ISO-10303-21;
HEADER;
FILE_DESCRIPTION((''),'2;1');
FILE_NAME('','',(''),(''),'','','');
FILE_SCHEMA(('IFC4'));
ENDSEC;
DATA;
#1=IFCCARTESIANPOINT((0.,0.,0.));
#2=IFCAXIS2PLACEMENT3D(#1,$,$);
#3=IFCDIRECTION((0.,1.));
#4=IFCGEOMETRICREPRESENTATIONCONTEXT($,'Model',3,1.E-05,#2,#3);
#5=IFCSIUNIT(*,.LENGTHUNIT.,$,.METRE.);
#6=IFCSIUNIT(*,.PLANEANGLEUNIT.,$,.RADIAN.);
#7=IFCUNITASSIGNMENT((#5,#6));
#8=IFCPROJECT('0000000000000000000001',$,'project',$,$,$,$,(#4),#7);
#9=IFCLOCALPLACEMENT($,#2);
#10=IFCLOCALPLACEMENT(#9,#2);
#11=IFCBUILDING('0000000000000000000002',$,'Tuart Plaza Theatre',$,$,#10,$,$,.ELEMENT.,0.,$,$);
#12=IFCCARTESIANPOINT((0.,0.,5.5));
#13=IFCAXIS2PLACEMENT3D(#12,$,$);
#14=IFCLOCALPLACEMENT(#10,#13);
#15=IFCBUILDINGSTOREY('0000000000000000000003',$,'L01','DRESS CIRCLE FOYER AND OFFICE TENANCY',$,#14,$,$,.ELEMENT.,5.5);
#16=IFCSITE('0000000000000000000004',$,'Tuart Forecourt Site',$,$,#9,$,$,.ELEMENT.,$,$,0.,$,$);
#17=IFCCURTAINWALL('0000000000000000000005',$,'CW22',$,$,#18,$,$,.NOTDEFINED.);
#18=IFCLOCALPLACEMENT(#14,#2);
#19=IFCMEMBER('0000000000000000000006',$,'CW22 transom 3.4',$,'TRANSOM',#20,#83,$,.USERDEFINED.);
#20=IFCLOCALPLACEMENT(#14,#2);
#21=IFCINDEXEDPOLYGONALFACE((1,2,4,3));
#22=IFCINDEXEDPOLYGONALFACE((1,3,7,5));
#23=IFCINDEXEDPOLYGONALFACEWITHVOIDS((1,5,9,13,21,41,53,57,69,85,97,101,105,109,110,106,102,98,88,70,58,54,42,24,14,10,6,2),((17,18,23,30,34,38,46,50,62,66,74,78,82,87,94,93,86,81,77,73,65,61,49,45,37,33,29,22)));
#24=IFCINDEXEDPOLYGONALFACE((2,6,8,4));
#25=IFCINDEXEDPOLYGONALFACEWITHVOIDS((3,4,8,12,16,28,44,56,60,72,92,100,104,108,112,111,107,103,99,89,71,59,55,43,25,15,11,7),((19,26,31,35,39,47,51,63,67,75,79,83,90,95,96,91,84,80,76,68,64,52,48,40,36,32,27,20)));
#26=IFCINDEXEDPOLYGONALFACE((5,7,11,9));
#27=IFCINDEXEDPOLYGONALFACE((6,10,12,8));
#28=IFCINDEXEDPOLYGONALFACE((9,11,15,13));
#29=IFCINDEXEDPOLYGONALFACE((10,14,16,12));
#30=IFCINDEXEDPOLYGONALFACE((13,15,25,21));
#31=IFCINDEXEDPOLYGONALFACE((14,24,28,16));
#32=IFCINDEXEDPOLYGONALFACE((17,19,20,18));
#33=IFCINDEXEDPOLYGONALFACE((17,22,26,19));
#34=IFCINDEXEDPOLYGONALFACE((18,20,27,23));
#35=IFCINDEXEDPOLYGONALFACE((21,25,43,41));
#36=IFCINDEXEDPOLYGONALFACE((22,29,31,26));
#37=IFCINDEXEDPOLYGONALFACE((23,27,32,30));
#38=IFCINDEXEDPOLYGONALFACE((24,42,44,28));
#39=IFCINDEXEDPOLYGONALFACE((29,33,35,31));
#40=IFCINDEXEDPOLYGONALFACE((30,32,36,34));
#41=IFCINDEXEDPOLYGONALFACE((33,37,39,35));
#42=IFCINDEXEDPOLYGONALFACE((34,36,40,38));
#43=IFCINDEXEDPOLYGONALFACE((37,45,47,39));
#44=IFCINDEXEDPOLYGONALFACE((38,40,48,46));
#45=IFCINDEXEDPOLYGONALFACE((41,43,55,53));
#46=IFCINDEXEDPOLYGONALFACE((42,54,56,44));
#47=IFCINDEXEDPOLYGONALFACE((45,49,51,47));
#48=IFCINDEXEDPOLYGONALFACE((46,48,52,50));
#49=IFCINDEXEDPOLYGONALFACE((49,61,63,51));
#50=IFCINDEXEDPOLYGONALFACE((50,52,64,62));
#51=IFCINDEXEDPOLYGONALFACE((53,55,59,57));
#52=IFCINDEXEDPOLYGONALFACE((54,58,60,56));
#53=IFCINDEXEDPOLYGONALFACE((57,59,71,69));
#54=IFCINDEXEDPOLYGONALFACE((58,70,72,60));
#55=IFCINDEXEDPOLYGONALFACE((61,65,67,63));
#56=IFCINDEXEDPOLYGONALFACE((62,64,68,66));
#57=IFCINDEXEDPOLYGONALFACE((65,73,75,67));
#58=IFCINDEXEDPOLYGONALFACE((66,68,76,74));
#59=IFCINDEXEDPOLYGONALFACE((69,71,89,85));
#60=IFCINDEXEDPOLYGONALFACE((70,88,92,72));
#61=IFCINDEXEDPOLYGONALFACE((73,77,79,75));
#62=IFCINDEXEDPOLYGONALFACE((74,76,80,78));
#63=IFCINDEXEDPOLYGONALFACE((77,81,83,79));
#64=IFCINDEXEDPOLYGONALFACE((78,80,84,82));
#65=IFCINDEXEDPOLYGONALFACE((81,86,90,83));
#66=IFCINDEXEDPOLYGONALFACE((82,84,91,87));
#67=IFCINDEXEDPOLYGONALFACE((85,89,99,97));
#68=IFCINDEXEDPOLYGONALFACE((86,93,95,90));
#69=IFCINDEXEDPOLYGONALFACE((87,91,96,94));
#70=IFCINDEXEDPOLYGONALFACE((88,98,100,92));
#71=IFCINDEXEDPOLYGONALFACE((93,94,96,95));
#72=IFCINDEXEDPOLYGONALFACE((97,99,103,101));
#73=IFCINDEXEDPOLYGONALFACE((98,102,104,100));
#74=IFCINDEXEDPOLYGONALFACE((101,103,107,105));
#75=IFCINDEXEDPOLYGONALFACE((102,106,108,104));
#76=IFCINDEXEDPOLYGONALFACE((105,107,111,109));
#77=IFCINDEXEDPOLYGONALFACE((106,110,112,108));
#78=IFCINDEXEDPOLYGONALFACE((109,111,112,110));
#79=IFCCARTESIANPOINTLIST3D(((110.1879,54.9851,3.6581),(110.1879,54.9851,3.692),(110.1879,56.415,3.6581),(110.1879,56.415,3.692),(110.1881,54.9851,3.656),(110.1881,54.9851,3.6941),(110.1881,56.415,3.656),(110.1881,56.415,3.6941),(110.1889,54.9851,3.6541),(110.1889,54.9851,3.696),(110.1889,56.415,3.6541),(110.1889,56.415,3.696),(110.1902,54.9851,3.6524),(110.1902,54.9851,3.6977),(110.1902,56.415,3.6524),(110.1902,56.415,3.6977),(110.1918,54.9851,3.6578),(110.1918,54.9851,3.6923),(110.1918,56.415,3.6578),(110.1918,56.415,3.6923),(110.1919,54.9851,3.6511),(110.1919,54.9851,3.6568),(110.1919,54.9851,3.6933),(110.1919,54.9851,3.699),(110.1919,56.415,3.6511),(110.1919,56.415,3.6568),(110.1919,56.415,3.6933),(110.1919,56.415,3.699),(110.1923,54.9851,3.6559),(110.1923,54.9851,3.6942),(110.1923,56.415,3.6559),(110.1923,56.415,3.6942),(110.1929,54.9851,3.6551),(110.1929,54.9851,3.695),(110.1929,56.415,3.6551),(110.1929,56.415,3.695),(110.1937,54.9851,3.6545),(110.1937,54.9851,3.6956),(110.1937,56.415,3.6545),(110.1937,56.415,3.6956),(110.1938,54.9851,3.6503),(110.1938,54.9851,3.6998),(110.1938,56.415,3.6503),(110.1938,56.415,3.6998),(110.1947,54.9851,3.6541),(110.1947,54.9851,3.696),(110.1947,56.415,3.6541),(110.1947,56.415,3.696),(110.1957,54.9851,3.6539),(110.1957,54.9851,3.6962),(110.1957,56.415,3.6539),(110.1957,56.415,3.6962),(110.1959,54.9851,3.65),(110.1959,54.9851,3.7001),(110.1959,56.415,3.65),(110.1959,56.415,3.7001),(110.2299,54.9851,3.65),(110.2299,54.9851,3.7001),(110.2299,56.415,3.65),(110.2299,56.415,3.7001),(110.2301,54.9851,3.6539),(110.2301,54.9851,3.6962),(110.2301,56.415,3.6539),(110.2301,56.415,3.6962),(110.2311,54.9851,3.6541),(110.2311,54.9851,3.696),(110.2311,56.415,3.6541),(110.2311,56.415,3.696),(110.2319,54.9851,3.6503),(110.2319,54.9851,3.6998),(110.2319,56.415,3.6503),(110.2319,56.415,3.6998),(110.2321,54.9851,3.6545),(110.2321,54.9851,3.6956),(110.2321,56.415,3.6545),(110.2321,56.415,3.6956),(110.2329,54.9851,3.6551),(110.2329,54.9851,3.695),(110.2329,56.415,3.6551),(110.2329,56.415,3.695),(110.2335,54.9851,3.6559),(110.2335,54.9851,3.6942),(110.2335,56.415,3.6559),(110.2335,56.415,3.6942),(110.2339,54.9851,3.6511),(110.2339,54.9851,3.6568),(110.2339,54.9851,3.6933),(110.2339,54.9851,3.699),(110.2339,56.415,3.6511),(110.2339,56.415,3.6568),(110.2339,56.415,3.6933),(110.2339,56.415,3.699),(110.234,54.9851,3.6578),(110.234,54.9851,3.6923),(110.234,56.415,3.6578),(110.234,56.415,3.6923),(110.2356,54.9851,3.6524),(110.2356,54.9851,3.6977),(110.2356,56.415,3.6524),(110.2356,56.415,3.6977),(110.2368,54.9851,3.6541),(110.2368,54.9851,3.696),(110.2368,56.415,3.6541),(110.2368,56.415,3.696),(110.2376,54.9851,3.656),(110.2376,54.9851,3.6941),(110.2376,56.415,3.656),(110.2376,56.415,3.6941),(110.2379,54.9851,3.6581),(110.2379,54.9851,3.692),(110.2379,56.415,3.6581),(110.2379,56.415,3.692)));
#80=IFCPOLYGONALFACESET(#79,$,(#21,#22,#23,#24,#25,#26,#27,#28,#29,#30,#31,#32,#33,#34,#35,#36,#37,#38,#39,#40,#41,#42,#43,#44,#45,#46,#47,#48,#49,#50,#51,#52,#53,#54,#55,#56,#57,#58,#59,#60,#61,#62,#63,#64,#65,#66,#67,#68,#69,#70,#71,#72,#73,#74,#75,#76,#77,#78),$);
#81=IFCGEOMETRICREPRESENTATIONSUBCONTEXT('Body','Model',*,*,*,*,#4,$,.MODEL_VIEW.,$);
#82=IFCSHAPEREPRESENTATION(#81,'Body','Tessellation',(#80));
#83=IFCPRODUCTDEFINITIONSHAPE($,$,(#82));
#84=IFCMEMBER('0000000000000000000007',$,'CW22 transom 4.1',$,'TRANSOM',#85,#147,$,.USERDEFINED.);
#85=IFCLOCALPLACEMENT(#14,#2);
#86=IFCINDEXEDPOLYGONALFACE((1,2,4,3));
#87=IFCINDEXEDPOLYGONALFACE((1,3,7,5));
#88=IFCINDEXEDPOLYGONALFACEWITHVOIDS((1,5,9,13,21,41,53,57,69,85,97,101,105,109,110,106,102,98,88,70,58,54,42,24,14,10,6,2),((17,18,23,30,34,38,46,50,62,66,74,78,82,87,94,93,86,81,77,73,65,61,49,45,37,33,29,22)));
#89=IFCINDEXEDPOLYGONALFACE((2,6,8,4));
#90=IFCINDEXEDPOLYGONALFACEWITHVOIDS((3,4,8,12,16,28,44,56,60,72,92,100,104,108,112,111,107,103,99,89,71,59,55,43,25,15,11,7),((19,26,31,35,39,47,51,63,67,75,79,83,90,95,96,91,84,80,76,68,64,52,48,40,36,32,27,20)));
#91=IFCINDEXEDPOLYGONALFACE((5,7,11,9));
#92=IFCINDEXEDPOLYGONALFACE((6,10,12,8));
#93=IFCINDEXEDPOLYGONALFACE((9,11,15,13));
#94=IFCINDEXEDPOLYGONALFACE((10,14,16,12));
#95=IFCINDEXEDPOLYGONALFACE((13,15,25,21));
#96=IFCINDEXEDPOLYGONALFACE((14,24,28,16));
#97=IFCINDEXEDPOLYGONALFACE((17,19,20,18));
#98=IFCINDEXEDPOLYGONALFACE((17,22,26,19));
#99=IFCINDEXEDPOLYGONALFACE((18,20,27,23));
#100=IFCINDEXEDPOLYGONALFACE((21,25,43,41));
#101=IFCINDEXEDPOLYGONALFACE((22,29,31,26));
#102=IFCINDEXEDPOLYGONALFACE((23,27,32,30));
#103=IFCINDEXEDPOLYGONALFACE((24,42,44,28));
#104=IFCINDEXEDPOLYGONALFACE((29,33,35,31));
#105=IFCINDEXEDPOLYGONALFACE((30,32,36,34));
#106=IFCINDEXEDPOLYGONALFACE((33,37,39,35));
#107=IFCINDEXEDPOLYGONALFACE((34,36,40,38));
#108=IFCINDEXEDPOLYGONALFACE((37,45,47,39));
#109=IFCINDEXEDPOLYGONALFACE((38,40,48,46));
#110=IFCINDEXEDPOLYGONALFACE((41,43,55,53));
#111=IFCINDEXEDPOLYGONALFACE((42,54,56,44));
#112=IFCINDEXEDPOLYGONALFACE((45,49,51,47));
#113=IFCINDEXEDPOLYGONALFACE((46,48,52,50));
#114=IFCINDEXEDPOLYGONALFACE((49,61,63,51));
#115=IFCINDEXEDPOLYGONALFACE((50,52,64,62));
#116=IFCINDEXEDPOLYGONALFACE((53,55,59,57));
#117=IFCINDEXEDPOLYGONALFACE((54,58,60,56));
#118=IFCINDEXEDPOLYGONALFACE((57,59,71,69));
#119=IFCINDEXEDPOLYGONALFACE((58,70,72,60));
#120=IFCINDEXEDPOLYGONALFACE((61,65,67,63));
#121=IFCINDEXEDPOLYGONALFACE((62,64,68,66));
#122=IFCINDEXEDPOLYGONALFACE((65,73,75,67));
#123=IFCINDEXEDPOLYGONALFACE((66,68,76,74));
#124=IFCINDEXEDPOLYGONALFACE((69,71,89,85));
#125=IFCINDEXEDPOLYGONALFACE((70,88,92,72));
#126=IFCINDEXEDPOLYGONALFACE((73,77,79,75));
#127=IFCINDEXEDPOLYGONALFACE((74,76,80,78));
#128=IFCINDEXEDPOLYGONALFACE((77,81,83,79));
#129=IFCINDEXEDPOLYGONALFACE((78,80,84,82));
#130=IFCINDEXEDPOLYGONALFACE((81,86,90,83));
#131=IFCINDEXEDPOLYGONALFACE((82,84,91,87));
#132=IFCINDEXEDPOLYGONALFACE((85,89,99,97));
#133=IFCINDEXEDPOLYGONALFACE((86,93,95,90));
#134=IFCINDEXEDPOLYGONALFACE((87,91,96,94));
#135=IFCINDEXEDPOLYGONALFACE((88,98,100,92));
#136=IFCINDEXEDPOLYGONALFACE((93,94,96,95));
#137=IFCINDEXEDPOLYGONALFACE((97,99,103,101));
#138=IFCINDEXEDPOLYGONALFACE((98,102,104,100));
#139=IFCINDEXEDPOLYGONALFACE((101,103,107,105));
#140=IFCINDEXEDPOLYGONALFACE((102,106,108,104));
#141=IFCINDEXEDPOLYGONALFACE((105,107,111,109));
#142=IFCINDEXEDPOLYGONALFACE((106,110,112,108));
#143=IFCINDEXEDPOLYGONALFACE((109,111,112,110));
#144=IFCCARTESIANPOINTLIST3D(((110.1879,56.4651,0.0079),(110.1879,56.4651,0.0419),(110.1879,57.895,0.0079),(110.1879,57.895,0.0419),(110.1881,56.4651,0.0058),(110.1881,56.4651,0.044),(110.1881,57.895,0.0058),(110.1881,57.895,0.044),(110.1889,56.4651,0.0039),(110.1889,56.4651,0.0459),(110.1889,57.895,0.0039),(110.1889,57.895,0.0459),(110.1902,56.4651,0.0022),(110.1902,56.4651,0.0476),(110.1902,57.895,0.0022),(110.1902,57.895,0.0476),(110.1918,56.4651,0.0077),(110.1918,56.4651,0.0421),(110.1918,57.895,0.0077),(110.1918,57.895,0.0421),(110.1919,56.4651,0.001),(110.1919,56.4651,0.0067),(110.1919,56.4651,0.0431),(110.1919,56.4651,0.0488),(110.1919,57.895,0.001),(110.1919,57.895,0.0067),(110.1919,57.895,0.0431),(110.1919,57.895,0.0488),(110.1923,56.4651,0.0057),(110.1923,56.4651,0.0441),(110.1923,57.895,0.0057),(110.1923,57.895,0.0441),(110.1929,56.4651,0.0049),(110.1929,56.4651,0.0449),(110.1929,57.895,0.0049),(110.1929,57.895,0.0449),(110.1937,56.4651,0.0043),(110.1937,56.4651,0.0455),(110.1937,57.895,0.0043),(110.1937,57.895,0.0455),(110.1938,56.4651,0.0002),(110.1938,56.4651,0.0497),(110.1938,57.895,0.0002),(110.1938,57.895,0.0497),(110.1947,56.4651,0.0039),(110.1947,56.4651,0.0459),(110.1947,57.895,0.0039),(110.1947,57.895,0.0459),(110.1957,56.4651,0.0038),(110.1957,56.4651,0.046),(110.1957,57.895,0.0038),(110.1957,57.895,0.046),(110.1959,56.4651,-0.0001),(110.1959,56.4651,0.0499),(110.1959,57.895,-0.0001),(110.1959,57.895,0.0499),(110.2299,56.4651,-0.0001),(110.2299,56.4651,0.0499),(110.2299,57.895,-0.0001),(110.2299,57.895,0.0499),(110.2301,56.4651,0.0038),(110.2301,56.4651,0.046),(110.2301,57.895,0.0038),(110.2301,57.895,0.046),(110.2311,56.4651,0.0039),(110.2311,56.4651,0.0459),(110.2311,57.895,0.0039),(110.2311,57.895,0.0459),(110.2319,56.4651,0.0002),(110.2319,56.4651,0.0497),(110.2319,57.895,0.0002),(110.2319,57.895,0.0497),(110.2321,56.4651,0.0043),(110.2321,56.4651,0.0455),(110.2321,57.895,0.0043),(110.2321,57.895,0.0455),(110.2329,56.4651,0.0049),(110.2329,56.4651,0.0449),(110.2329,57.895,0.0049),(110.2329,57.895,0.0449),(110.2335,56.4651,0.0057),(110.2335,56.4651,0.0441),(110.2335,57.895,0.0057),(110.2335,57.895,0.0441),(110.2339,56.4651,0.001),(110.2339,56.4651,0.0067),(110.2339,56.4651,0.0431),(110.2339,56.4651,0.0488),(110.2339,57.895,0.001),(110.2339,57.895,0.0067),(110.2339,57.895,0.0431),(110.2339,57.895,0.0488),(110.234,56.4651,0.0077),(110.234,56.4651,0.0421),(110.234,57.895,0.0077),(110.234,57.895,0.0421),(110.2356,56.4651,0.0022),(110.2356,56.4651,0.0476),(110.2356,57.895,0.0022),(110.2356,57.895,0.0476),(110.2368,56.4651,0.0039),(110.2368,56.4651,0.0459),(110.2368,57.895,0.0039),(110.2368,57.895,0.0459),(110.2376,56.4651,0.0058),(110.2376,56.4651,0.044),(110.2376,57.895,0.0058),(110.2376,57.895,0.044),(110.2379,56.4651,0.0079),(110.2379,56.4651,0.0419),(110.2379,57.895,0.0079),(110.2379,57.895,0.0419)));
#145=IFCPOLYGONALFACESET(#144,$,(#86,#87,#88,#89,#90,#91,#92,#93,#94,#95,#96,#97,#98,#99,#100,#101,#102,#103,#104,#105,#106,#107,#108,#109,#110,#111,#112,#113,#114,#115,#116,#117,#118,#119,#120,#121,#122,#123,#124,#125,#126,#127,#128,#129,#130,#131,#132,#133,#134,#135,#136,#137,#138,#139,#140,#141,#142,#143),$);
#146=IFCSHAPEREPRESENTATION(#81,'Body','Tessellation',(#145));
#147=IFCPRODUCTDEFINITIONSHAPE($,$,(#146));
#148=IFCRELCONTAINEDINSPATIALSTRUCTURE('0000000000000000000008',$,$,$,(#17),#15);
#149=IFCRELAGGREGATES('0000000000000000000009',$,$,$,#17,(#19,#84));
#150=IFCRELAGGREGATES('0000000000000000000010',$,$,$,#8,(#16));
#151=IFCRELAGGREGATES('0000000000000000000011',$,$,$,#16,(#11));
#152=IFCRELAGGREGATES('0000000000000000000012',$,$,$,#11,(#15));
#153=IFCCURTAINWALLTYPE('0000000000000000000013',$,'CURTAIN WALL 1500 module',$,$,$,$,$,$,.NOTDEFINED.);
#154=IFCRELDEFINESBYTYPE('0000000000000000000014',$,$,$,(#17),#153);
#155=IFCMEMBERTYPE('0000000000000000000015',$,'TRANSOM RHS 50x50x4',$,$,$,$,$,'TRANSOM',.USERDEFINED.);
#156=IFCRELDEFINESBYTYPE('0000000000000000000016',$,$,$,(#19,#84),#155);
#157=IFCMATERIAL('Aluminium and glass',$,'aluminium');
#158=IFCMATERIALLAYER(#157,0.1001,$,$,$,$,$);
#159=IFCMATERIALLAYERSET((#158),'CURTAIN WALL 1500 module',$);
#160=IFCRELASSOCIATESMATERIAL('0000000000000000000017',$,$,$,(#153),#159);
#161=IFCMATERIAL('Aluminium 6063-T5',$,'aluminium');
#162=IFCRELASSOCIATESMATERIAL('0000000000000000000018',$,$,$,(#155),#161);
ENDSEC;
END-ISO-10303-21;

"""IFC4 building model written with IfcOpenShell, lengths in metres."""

from ifc_helpers import new_model, si_unit, direction, frame, origin, origin_2d, place, context, subcontext, project, spatial, hollow_rectangle, extrude, material, layer, layer_set, material_profile, profile_set, type_object, element, aggregate, save


model = new_model("IFC4")

# Units and contexts
model_context = context("Model", 3, precision=1e-05, world=origin(), true_north=direction((0.0, 1.0)))
body_context = subcontext(model_context, "Body", "Model", "MODEL_VIEW")
ifc_project = project(units=[si_unit("LENGTHUNIT", "METRE"), si_unit("PLANEANGLEUNIT", "RADIAN")], contexts=[model_context])

# Site, building, storey
site_placement = place(None, origin())
site = spatial("IfcSite", under=ifc_project, at=site_placement, Name="Tuart Forecourt Site", CompositionType="ELEMENT", RefElevation=0.0)
building_placement = place(site_placement, origin())
building = spatial("IfcBuilding", under=site, at=building_placement, Name="Tuart Plaza Theatre", CompositionType="ELEMENT", ElevationOfRefHeight=0.0)
storey_placement = place(building_placement, frame((0.0, 0.0, 5.5)))
storey = spatial("IfcBuildingStorey", under=building, at=storey_placement, Name="L01", Description="DRESS CIRCLE FOYER AND OFFICE TENANCY", CompositionType="ELEMENT", Elevation=5.5)

# Curtain wall, members
ifc_material_1 = material(Name="Aluminium and glass", Category="aluminium")
ifc_layer_1 = layer(ifc_material_1, 0.1001)
ifc_layer_set_1 = layer_set([ifc_layer_1], Name="CURTAIN WALL 1500 module")
curtain_wall_type = type_object("IfcCurtainWallType", Name="CURTAIN WALL 1500 module", PredefinedType="NOTDEFINED", material=ifc_layer_set_1)
curtain_wall_placement = place(storey_placement, origin())
curtain_wall = element("IfcCurtainWall", 1, at=curtain_wall_placement, inside=storey, type_object=curtain_wall_type, Name="CW22", PredefinedType="NOTDEFINED")
ifc_material_2 = material(Name="Aluminium 6063-T5", Category="aluminium")
ifc_material_profile_1 = material_profile(ifc_material_2, hollow_rectangle(XDim=0.05, YDim=0.05, WallThickness=0.0039, InnerFilletRadius=0.0039, OuterFilletRadius=0.0081, at=origin_2d()), Name="RHS 50x50x4")
ifc_profile_set_1 = profile_set([ifc_material_profile_1], Name="Aluminium 6063-T5")
member_type_1 = type_object("IfcMemberType", Name="TRANSOM RHS 50x50x4", ElementType="TRANSOM", PredefinedType="USERDEFINED", material=ifc_profile_set_1)
member_1_placement = place(storey_placement, frame((110.2129, 54.9851, 3.675), z_axis=(0.0, 1.0, 0.0), x_axis=(-1.0, 0.0, 0.0)))
member_1 = element("IfcMember", 2, at=member_1_placement, type_object=member_type_1, Name="CW22 transom 3.4", ObjectType="TRANSOM", PredefinedType="USERDEFINED", context=body_context, shape_type="SweptSolid", body=[
    extrude(hollow_rectangle(XDim=0.05, YDim=0.05, WallThickness=0.0039, InnerFilletRadius=0.0039, OuterFilletRadius=0.0081, at=origin_2d()), origin(), (0.0, 0.0, 1.0), 1.4299),
])
member_2_placement = place(storey_placement, frame((110.2129, 56.4651, 0.0249), z_axis=(0.0, 1.0, 0.0), x_axis=(-1.0, 0.0, 0.0)))
member_2 = element("IfcMember", 3, at=member_2_placement, type_object=member_type_1, Name="CW22 transom 4.1", ObjectType="TRANSOM", PredefinedType="USERDEFINED", context=body_context, shape_type="SweptSolid", body=[
    extrude(hollow_rectangle(XDim=0.05, YDim=0.05, WallThickness=0.0039, InnerFilletRadius=0.0039, OuterFilletRadius=0.0081, at=origin_2d()), origin(), (0.0, 0.0, 1.0), 1.4299),
])
aggregate(curtain_wall, [member_1, member_2])

save(model, "model.ifc")
